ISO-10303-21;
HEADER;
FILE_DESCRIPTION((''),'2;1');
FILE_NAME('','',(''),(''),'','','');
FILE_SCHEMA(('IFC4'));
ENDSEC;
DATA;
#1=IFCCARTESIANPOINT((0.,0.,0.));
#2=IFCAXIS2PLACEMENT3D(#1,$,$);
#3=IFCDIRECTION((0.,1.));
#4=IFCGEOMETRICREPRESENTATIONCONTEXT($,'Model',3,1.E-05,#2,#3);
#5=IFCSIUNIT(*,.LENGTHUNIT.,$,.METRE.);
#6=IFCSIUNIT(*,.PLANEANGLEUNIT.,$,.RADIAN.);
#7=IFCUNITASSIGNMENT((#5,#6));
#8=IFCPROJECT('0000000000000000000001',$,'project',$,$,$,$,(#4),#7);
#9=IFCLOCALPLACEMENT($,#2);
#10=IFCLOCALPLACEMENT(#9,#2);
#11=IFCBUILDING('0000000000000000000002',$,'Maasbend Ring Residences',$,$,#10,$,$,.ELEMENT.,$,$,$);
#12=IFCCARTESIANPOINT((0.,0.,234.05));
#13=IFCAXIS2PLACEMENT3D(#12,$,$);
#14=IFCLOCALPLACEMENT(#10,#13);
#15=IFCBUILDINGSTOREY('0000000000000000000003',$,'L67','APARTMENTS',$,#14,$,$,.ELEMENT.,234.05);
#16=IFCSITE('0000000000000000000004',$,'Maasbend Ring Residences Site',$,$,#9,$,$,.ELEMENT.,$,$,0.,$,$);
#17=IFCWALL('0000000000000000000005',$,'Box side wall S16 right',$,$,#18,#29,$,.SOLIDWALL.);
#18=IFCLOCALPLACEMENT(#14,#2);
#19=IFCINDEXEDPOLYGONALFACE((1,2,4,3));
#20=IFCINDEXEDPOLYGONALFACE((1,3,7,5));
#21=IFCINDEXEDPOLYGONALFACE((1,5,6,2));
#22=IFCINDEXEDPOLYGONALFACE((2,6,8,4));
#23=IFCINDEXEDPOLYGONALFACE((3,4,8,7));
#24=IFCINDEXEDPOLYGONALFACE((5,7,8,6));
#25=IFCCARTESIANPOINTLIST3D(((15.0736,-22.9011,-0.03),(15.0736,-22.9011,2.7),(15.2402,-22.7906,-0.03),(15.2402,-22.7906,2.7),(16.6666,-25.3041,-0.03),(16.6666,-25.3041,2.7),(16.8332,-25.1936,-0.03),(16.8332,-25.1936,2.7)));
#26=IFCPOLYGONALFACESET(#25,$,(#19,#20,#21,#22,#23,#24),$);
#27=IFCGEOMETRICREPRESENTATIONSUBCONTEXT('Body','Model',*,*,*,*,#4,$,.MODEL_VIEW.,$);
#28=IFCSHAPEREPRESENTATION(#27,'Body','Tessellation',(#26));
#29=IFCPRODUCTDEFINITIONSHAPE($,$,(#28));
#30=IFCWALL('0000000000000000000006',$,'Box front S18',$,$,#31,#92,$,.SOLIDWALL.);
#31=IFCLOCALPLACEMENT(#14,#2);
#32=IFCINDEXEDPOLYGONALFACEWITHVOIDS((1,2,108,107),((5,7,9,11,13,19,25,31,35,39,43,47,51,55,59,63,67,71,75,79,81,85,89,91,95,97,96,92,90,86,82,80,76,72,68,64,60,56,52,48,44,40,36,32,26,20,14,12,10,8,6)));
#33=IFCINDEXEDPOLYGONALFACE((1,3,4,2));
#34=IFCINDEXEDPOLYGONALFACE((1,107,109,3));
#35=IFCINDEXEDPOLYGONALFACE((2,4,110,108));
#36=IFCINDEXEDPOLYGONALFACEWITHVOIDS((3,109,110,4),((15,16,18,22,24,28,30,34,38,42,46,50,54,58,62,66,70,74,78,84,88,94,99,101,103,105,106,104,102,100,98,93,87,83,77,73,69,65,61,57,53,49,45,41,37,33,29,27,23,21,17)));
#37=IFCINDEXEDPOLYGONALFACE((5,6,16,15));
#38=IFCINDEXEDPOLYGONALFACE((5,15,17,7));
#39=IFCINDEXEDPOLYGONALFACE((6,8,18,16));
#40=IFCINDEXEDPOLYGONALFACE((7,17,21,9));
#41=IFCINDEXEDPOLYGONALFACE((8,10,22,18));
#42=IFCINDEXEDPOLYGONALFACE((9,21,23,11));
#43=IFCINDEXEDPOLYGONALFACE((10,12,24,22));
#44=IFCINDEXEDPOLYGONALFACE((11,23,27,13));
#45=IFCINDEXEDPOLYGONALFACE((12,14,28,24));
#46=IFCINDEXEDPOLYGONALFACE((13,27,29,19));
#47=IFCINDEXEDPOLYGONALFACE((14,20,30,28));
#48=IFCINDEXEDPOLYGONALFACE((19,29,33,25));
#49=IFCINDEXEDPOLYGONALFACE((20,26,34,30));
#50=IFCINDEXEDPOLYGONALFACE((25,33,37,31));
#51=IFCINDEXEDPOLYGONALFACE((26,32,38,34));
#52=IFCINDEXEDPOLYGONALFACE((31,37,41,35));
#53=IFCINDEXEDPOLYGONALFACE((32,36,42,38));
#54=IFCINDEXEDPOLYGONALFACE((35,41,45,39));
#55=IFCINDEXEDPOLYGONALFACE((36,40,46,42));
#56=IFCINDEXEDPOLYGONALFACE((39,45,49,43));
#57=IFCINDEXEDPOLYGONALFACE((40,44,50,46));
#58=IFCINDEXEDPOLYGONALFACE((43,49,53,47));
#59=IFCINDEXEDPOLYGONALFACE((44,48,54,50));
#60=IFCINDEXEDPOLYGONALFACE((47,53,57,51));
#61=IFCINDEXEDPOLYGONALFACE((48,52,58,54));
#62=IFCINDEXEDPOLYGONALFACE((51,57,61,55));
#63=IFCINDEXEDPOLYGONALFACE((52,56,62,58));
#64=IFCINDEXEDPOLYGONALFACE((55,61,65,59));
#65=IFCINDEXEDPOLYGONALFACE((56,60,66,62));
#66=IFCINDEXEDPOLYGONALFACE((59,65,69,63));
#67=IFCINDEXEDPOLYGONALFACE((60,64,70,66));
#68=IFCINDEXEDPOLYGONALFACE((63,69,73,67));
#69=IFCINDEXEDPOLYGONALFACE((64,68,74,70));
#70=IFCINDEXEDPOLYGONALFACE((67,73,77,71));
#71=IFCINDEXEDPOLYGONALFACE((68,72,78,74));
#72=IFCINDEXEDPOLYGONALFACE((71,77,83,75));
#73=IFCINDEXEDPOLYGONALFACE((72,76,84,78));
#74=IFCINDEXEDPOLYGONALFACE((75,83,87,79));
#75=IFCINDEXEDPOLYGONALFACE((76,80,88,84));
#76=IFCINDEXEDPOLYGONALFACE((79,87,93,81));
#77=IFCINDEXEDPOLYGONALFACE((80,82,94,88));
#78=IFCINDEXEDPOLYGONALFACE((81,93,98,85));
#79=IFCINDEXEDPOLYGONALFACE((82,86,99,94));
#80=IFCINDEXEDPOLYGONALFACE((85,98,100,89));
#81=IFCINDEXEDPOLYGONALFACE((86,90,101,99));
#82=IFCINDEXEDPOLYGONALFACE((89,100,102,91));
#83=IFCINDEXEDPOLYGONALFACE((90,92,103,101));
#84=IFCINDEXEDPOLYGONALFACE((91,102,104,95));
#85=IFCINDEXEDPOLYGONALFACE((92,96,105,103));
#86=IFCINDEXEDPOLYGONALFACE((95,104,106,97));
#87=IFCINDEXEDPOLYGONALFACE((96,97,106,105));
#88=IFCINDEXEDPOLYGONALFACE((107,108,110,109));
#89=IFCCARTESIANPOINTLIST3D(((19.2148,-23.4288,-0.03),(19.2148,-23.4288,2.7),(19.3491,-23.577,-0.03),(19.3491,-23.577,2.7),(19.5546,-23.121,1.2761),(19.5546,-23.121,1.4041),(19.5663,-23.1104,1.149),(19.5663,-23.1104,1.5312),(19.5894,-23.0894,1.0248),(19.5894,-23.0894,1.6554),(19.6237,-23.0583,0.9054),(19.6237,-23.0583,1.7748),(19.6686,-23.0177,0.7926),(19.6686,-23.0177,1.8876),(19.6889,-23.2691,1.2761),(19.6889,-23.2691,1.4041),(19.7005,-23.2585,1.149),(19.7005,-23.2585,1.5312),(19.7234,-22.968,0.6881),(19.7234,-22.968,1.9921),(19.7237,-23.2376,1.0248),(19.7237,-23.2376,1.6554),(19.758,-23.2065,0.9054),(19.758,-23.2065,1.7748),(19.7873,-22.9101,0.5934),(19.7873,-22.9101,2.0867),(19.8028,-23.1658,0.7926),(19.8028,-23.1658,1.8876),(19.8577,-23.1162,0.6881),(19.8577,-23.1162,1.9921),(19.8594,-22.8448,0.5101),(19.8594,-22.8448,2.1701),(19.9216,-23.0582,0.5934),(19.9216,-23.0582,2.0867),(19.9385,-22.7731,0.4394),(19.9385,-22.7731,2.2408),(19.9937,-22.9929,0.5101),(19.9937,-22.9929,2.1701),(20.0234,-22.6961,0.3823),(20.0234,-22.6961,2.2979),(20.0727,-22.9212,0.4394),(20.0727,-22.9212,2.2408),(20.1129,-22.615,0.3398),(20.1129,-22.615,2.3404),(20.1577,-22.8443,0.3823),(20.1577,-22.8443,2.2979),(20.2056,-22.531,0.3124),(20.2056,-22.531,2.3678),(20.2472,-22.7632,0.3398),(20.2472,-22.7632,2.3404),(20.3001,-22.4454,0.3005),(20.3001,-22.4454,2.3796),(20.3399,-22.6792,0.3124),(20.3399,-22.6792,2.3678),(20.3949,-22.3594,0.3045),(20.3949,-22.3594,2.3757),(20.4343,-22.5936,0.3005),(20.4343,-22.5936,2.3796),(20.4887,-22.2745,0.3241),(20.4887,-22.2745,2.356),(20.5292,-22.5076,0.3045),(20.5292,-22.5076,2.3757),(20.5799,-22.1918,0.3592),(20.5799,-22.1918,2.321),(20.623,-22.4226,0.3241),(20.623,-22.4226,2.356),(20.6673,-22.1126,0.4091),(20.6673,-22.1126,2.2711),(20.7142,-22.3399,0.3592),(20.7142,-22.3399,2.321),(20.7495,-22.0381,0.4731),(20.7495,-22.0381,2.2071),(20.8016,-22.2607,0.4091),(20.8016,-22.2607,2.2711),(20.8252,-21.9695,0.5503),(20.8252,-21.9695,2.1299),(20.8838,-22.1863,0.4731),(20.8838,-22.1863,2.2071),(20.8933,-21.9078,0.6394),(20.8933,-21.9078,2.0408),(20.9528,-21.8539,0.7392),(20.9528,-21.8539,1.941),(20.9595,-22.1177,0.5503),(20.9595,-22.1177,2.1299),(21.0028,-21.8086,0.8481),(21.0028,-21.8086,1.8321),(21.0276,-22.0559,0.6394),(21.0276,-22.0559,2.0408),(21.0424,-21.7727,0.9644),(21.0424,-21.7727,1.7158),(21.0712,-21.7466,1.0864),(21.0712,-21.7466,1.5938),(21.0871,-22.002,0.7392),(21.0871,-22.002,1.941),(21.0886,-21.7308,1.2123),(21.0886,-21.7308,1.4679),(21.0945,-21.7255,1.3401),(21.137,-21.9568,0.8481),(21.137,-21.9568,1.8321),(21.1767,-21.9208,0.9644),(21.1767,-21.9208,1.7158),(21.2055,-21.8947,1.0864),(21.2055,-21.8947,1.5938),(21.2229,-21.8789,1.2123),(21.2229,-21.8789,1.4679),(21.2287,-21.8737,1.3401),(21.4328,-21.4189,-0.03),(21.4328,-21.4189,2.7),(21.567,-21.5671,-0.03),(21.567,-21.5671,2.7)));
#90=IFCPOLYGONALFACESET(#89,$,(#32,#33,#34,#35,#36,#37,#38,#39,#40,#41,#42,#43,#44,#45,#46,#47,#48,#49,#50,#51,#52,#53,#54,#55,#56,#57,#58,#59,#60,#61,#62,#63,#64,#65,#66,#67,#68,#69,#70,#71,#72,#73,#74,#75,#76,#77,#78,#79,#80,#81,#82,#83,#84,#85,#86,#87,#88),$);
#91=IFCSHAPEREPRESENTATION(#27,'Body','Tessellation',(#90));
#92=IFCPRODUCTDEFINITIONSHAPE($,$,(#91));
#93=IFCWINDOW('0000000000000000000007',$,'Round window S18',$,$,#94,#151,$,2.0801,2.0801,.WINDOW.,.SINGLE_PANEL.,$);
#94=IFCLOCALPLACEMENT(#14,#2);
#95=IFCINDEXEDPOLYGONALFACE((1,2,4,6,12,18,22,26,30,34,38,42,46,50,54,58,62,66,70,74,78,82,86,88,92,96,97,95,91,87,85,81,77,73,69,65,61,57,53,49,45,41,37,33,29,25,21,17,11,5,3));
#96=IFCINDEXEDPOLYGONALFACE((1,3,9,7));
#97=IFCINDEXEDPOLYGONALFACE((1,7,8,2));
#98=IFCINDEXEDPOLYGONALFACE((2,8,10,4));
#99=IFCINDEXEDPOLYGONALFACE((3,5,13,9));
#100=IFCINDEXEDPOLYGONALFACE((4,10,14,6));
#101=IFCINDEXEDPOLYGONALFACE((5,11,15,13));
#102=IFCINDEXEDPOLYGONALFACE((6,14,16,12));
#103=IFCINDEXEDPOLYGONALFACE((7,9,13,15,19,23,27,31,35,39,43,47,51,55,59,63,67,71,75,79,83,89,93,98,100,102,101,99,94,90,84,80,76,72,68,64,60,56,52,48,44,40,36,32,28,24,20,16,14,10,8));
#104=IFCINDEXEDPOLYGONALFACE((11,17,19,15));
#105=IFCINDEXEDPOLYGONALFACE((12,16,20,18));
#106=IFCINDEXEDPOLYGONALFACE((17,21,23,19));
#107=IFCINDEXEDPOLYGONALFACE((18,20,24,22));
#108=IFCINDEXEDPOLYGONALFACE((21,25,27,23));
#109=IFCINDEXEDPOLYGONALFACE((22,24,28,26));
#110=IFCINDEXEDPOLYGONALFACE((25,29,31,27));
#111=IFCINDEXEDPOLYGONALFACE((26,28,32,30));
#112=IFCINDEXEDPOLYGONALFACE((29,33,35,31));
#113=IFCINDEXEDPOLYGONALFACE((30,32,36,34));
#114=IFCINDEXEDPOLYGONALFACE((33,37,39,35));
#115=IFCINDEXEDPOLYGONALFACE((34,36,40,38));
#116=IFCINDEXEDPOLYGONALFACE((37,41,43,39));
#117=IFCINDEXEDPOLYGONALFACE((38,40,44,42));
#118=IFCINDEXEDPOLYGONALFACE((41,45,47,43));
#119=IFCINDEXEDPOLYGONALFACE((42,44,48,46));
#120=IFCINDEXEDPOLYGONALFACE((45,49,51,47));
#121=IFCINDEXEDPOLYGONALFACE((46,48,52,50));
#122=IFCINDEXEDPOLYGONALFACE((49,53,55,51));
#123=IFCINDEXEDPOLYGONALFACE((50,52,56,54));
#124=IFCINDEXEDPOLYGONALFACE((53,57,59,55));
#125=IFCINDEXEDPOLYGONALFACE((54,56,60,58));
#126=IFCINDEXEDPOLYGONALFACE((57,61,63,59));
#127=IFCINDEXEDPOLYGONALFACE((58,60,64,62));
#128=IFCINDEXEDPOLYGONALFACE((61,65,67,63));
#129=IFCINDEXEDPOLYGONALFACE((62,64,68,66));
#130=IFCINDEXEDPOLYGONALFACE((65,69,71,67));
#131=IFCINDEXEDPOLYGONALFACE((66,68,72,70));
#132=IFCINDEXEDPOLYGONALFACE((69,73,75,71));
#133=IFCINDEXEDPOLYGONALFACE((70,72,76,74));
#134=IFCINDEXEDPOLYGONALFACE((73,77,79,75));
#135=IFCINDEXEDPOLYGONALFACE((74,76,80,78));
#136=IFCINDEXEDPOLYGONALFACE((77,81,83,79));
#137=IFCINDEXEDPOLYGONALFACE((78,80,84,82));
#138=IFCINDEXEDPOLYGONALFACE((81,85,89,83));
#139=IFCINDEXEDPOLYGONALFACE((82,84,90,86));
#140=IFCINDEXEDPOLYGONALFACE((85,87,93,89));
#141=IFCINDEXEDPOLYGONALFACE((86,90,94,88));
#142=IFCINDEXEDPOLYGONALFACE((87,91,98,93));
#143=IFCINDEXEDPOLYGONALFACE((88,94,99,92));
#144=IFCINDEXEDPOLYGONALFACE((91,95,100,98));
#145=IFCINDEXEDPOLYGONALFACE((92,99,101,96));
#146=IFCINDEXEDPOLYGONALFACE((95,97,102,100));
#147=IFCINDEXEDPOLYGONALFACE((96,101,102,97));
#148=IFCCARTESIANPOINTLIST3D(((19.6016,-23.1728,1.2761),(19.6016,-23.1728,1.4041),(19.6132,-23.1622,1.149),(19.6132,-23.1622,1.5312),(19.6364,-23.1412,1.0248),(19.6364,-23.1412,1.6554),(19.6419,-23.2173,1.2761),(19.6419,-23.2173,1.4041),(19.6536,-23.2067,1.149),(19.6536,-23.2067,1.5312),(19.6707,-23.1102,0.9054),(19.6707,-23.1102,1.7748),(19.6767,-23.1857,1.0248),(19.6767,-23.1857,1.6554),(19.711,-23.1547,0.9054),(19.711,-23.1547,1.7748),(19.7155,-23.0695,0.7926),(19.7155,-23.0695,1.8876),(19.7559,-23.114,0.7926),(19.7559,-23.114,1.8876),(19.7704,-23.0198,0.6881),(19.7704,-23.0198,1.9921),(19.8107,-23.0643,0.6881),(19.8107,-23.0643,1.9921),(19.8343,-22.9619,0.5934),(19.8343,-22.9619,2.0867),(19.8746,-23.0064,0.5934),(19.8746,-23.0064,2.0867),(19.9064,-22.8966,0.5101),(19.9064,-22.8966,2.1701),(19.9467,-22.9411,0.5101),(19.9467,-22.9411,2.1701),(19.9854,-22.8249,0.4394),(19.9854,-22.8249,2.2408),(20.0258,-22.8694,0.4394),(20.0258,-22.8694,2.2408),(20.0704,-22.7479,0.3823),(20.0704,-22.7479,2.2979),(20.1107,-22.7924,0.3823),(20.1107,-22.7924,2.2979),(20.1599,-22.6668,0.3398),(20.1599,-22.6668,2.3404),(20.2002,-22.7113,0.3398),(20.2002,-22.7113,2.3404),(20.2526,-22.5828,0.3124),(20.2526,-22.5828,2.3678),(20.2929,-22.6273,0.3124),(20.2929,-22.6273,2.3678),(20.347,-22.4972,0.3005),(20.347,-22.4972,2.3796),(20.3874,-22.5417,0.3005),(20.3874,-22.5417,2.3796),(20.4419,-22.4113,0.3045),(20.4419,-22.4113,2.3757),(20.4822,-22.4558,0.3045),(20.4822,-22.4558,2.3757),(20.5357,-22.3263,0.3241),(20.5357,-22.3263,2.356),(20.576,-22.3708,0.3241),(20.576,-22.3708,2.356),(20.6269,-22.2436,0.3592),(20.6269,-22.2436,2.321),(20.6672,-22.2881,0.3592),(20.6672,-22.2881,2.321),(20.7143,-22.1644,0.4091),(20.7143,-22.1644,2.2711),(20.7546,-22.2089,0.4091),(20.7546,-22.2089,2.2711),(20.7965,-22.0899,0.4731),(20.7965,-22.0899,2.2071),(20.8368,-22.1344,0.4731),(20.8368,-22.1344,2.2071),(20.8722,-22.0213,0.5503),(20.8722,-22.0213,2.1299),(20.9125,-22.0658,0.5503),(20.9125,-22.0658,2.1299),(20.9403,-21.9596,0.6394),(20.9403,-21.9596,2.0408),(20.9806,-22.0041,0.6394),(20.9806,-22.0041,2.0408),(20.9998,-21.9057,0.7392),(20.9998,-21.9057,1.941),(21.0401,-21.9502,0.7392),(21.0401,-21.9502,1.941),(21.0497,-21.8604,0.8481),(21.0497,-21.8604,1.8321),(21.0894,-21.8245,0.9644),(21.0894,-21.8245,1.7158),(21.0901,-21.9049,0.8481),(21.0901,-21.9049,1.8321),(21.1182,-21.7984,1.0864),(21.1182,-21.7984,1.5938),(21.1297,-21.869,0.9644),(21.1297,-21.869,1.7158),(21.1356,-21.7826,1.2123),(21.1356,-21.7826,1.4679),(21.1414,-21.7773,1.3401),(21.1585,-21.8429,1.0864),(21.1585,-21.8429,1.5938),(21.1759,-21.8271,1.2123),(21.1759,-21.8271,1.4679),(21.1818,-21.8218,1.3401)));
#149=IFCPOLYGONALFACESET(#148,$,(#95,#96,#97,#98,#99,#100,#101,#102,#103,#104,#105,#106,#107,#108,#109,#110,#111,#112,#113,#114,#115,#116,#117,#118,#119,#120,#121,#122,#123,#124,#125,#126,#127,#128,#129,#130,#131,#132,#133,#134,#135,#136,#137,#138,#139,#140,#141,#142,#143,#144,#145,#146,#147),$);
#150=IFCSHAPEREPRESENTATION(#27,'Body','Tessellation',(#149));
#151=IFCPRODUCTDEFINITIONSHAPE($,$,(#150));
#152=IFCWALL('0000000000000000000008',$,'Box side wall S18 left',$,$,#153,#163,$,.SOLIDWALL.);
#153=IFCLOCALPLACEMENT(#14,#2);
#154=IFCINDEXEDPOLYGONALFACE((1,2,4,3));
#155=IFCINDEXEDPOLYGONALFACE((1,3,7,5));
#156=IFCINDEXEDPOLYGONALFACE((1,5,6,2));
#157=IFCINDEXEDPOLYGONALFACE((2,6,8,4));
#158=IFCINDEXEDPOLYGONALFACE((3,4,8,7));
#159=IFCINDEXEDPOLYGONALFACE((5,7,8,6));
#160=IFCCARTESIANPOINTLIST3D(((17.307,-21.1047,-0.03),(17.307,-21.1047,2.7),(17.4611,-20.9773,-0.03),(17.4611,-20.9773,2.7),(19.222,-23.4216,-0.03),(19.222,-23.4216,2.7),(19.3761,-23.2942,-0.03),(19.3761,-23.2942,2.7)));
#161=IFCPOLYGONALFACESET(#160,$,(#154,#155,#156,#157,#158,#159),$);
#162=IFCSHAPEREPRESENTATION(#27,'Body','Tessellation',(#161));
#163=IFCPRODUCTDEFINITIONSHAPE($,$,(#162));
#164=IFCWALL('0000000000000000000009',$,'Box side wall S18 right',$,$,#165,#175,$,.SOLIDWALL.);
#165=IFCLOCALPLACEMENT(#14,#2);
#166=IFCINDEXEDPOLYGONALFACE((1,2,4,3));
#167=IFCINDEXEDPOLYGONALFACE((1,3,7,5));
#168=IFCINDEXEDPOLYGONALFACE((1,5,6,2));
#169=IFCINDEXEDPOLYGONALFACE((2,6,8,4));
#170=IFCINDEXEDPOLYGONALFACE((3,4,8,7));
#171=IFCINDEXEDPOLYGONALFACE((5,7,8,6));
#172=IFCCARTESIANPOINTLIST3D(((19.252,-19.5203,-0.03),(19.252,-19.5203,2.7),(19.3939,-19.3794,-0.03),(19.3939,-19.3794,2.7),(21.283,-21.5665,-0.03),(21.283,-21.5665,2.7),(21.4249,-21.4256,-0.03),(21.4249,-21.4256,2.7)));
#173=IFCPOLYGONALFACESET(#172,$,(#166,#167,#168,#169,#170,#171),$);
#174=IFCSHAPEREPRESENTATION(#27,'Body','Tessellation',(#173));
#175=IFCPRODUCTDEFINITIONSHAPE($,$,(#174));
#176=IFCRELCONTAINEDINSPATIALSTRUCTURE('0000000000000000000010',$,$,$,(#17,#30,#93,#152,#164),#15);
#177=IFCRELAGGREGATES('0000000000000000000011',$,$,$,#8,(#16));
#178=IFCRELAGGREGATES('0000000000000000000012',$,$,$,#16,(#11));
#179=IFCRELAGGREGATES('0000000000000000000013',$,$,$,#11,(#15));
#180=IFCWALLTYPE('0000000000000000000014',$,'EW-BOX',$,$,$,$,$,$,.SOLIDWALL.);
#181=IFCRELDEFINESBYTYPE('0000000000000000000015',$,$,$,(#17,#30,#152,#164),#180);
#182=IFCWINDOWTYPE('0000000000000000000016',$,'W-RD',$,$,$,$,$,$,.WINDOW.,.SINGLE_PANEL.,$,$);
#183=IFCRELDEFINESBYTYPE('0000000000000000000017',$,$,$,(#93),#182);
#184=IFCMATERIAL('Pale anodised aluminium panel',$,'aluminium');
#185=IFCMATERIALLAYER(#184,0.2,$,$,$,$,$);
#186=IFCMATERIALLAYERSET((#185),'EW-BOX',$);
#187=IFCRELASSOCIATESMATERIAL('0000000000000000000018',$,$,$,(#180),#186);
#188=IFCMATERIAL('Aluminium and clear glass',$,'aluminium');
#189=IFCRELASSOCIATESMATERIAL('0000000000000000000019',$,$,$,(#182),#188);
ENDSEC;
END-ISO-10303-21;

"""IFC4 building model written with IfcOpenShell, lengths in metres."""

from ifc_helpers import new_model, si_unit, direction, frame, frame_2d, origin, place, context, subcontext, project, spatial, rectangle, circle, extrude, material, layer, layer_set, type_object, element, fill, save


model = new_model("IFC4")

# Units and contexts
model_context = context("Model", 3, precision=1e-05, world=origin(), true_north=direction((0.0, 1.0)))
body_context = subcontext(model_context, "Body", "Model", "MODEL_VIEW")
ifc_project = project(units=[si_unit("LENGTHUNIT", "METRE"), si_unit("PLANEANGLEUNIT", "RADIAN")], contexts=[model_context])

# Site, building, storey
site_placement = place(None, origin())
site = spatial("IfcSite", under=ifc_project, at=site_placement, Name="Maasbend Ring Residences Site", CompositionType="ELEMENT", RefElevation=0.0)
building_placement = place(site_placement, origin())
building = spatial("IfcBuilding", under=site, at=building_placement, Name="Maasbend Ring Residences", CompositionType="ELEMENT")
storey_placement = place(building_placement, frame((0.0, 0.0, 234.05)))
storey = spatial("IfcBuildingStorey", under=building, at=storey_placement, Name="L67", Description="APARTMENTS", CompositionType="ELEMENT", Elevation=234.05)

# Shared definitions
ifc_material_1 = material(Name="Pale anodised aluminium panel", Category="aluminium")
ifc_layer_1 = layer(ifc_material_1, 0.2)
ifc_layer_set_1 = layer_set([ifc_layer_1], Name="EW-BOX")
wall_type_1 = type_object("IfcWallType", Name="EW-BOX", PredefinedType="SOLIDWALL", material=ifc_layer_set_1)
ifc_material_2 = material(Name="Aluminium and clear glass", Category="aluminium")
window_type_1 = type_object("IfcWindowType", Name="W-RD", PartitioningType="SINGLE_PANEL", PredefinedType="WINDOW", material=ifc_material_2)

# Wall
wall_1_placement = place(storey_placement, frame((15.157, -22.8459, -0.03), z_axis=(0.0, 0.0, 1.0), x_axis=(0.552529, -0.833494, 0.0)))
element("IfcWall", 1, at=wall_1_placement, inside=storey, type_object=wall_type_1, Name="Box side wall S16 right", PredefinedType="SOLIDWALL", context=body_context, shape_type="SweptSolid", body=[
    extrude(rectangle(XDim=2.8831, YDim=0.2, at=frame_2d((1.4414, 0.0))), origin(), (0.0, 0.0, 1.0), 2.73),
])

# Wall, opening, window
wall_2_placement = place(storey_placement, frame((19.282, -23.5029, -0.03), z_axis=(0.0, 0.0, 1.0), x_axis=(0.740998, 0.671507, 0.0)))
wall_2 = element("IfcWall", 2, at=wall_2_placement, inside=storey, type_object=wall_type_1, Name="Box front S18", PredefinedType="SOLIDWALL", context=body_context, shape_type="SweptSolid", body=[
    extrude(rectangle(XDim=2.9932, YDim=0.2, at=frame_2d((1.4966, 0.0))), origin(), (0.0, 0.0, 1.0), 2.73),
])
opening_1_placement = place(wall_2_placement, frame((0.4565, 0.0, 0.3301)))
opening_1 = element("IfcOpeningElement", 3, at=opening_1_placement, cuts=wall_2, PredefinedType="OPENING", context=body_context, shape_type="SweptSolid", body=[
    extrude(circle(Radius=1.04, at=frame_2d((1.04, 1.04))), frame((0.0, 0.1099, 0.0), z_axis=(0.0, -1.0, 0.0), x_axis=(1.0, 0.0, 0.0)), (0.0, 0.0, 1.0), 0.22),
])
window_1_placement = place(opening_1_placement, origin())
window_1 = element("IfcWindow", 4, at=window_1_placement, inside=storey, type_object=window_type_1, Name="Round window S18", OverallHeight=2.0801, OverallWidth=2.0801, PartitioningType="SINGLE_PANEL", PredefinedType="WINDOW", context=body_context, shape_type="SweptSolid", body=[
    extrude(circle(Radius=1.04, at=frame_2d((1.04, 1.04))), frame((0.0, 0.03, 0.0), z_axis=(0.0, -1.0, 0.0), x_axis=(1.0, 0.0, 0.0)), (0.0, 0.0, 1.0), 0.0601),
])
fill(opening_1, window_1)

# Walls
wall_3_placement = place(storey_placement, frame((17.384, -21.041, -0.03), z_axis=(0.0, 0.0, 1.0), x_axis=(0.637096, -0.770785, 0.0)))
element("IfcWall", 5, at=wall_3_placement, inside=storey, type_object=wall_type_1, Name="Box side wall S18 left", PredefinedType="SOLIDWALL", context=body_context, shape_type="SweptSolid", body=[
    extrude(rectangle(XDim=3.0059, YDim=0.2, at=frame_2d((1.5029, 0.0))), origin(), (0.0, 0.0, 1.0), 2.73),
])
wall_4_placement = place(storey_placement, frame((19.323, -19.45, -0.03), z_axis=(0.0, 0.0, 1.0), x_axis=(0.704477, -0.709727, 0.0)))
element("IfcWall", 6, at=wall_4_placement, inside=storey, type_object=wall_type_1, Name="Box side wall S18 right", PredefinedType="SOLIDWALL", context=body_context, shape_type="SweptSolid", body=[
    extrude(rectangle(XDim=2.8831, YDim=0.2, at=frame_2d((1.4414, 0.0))), origin(), (0.0, 0.0, 1.0), 2.73),
])

save(model, "model.ifc")
